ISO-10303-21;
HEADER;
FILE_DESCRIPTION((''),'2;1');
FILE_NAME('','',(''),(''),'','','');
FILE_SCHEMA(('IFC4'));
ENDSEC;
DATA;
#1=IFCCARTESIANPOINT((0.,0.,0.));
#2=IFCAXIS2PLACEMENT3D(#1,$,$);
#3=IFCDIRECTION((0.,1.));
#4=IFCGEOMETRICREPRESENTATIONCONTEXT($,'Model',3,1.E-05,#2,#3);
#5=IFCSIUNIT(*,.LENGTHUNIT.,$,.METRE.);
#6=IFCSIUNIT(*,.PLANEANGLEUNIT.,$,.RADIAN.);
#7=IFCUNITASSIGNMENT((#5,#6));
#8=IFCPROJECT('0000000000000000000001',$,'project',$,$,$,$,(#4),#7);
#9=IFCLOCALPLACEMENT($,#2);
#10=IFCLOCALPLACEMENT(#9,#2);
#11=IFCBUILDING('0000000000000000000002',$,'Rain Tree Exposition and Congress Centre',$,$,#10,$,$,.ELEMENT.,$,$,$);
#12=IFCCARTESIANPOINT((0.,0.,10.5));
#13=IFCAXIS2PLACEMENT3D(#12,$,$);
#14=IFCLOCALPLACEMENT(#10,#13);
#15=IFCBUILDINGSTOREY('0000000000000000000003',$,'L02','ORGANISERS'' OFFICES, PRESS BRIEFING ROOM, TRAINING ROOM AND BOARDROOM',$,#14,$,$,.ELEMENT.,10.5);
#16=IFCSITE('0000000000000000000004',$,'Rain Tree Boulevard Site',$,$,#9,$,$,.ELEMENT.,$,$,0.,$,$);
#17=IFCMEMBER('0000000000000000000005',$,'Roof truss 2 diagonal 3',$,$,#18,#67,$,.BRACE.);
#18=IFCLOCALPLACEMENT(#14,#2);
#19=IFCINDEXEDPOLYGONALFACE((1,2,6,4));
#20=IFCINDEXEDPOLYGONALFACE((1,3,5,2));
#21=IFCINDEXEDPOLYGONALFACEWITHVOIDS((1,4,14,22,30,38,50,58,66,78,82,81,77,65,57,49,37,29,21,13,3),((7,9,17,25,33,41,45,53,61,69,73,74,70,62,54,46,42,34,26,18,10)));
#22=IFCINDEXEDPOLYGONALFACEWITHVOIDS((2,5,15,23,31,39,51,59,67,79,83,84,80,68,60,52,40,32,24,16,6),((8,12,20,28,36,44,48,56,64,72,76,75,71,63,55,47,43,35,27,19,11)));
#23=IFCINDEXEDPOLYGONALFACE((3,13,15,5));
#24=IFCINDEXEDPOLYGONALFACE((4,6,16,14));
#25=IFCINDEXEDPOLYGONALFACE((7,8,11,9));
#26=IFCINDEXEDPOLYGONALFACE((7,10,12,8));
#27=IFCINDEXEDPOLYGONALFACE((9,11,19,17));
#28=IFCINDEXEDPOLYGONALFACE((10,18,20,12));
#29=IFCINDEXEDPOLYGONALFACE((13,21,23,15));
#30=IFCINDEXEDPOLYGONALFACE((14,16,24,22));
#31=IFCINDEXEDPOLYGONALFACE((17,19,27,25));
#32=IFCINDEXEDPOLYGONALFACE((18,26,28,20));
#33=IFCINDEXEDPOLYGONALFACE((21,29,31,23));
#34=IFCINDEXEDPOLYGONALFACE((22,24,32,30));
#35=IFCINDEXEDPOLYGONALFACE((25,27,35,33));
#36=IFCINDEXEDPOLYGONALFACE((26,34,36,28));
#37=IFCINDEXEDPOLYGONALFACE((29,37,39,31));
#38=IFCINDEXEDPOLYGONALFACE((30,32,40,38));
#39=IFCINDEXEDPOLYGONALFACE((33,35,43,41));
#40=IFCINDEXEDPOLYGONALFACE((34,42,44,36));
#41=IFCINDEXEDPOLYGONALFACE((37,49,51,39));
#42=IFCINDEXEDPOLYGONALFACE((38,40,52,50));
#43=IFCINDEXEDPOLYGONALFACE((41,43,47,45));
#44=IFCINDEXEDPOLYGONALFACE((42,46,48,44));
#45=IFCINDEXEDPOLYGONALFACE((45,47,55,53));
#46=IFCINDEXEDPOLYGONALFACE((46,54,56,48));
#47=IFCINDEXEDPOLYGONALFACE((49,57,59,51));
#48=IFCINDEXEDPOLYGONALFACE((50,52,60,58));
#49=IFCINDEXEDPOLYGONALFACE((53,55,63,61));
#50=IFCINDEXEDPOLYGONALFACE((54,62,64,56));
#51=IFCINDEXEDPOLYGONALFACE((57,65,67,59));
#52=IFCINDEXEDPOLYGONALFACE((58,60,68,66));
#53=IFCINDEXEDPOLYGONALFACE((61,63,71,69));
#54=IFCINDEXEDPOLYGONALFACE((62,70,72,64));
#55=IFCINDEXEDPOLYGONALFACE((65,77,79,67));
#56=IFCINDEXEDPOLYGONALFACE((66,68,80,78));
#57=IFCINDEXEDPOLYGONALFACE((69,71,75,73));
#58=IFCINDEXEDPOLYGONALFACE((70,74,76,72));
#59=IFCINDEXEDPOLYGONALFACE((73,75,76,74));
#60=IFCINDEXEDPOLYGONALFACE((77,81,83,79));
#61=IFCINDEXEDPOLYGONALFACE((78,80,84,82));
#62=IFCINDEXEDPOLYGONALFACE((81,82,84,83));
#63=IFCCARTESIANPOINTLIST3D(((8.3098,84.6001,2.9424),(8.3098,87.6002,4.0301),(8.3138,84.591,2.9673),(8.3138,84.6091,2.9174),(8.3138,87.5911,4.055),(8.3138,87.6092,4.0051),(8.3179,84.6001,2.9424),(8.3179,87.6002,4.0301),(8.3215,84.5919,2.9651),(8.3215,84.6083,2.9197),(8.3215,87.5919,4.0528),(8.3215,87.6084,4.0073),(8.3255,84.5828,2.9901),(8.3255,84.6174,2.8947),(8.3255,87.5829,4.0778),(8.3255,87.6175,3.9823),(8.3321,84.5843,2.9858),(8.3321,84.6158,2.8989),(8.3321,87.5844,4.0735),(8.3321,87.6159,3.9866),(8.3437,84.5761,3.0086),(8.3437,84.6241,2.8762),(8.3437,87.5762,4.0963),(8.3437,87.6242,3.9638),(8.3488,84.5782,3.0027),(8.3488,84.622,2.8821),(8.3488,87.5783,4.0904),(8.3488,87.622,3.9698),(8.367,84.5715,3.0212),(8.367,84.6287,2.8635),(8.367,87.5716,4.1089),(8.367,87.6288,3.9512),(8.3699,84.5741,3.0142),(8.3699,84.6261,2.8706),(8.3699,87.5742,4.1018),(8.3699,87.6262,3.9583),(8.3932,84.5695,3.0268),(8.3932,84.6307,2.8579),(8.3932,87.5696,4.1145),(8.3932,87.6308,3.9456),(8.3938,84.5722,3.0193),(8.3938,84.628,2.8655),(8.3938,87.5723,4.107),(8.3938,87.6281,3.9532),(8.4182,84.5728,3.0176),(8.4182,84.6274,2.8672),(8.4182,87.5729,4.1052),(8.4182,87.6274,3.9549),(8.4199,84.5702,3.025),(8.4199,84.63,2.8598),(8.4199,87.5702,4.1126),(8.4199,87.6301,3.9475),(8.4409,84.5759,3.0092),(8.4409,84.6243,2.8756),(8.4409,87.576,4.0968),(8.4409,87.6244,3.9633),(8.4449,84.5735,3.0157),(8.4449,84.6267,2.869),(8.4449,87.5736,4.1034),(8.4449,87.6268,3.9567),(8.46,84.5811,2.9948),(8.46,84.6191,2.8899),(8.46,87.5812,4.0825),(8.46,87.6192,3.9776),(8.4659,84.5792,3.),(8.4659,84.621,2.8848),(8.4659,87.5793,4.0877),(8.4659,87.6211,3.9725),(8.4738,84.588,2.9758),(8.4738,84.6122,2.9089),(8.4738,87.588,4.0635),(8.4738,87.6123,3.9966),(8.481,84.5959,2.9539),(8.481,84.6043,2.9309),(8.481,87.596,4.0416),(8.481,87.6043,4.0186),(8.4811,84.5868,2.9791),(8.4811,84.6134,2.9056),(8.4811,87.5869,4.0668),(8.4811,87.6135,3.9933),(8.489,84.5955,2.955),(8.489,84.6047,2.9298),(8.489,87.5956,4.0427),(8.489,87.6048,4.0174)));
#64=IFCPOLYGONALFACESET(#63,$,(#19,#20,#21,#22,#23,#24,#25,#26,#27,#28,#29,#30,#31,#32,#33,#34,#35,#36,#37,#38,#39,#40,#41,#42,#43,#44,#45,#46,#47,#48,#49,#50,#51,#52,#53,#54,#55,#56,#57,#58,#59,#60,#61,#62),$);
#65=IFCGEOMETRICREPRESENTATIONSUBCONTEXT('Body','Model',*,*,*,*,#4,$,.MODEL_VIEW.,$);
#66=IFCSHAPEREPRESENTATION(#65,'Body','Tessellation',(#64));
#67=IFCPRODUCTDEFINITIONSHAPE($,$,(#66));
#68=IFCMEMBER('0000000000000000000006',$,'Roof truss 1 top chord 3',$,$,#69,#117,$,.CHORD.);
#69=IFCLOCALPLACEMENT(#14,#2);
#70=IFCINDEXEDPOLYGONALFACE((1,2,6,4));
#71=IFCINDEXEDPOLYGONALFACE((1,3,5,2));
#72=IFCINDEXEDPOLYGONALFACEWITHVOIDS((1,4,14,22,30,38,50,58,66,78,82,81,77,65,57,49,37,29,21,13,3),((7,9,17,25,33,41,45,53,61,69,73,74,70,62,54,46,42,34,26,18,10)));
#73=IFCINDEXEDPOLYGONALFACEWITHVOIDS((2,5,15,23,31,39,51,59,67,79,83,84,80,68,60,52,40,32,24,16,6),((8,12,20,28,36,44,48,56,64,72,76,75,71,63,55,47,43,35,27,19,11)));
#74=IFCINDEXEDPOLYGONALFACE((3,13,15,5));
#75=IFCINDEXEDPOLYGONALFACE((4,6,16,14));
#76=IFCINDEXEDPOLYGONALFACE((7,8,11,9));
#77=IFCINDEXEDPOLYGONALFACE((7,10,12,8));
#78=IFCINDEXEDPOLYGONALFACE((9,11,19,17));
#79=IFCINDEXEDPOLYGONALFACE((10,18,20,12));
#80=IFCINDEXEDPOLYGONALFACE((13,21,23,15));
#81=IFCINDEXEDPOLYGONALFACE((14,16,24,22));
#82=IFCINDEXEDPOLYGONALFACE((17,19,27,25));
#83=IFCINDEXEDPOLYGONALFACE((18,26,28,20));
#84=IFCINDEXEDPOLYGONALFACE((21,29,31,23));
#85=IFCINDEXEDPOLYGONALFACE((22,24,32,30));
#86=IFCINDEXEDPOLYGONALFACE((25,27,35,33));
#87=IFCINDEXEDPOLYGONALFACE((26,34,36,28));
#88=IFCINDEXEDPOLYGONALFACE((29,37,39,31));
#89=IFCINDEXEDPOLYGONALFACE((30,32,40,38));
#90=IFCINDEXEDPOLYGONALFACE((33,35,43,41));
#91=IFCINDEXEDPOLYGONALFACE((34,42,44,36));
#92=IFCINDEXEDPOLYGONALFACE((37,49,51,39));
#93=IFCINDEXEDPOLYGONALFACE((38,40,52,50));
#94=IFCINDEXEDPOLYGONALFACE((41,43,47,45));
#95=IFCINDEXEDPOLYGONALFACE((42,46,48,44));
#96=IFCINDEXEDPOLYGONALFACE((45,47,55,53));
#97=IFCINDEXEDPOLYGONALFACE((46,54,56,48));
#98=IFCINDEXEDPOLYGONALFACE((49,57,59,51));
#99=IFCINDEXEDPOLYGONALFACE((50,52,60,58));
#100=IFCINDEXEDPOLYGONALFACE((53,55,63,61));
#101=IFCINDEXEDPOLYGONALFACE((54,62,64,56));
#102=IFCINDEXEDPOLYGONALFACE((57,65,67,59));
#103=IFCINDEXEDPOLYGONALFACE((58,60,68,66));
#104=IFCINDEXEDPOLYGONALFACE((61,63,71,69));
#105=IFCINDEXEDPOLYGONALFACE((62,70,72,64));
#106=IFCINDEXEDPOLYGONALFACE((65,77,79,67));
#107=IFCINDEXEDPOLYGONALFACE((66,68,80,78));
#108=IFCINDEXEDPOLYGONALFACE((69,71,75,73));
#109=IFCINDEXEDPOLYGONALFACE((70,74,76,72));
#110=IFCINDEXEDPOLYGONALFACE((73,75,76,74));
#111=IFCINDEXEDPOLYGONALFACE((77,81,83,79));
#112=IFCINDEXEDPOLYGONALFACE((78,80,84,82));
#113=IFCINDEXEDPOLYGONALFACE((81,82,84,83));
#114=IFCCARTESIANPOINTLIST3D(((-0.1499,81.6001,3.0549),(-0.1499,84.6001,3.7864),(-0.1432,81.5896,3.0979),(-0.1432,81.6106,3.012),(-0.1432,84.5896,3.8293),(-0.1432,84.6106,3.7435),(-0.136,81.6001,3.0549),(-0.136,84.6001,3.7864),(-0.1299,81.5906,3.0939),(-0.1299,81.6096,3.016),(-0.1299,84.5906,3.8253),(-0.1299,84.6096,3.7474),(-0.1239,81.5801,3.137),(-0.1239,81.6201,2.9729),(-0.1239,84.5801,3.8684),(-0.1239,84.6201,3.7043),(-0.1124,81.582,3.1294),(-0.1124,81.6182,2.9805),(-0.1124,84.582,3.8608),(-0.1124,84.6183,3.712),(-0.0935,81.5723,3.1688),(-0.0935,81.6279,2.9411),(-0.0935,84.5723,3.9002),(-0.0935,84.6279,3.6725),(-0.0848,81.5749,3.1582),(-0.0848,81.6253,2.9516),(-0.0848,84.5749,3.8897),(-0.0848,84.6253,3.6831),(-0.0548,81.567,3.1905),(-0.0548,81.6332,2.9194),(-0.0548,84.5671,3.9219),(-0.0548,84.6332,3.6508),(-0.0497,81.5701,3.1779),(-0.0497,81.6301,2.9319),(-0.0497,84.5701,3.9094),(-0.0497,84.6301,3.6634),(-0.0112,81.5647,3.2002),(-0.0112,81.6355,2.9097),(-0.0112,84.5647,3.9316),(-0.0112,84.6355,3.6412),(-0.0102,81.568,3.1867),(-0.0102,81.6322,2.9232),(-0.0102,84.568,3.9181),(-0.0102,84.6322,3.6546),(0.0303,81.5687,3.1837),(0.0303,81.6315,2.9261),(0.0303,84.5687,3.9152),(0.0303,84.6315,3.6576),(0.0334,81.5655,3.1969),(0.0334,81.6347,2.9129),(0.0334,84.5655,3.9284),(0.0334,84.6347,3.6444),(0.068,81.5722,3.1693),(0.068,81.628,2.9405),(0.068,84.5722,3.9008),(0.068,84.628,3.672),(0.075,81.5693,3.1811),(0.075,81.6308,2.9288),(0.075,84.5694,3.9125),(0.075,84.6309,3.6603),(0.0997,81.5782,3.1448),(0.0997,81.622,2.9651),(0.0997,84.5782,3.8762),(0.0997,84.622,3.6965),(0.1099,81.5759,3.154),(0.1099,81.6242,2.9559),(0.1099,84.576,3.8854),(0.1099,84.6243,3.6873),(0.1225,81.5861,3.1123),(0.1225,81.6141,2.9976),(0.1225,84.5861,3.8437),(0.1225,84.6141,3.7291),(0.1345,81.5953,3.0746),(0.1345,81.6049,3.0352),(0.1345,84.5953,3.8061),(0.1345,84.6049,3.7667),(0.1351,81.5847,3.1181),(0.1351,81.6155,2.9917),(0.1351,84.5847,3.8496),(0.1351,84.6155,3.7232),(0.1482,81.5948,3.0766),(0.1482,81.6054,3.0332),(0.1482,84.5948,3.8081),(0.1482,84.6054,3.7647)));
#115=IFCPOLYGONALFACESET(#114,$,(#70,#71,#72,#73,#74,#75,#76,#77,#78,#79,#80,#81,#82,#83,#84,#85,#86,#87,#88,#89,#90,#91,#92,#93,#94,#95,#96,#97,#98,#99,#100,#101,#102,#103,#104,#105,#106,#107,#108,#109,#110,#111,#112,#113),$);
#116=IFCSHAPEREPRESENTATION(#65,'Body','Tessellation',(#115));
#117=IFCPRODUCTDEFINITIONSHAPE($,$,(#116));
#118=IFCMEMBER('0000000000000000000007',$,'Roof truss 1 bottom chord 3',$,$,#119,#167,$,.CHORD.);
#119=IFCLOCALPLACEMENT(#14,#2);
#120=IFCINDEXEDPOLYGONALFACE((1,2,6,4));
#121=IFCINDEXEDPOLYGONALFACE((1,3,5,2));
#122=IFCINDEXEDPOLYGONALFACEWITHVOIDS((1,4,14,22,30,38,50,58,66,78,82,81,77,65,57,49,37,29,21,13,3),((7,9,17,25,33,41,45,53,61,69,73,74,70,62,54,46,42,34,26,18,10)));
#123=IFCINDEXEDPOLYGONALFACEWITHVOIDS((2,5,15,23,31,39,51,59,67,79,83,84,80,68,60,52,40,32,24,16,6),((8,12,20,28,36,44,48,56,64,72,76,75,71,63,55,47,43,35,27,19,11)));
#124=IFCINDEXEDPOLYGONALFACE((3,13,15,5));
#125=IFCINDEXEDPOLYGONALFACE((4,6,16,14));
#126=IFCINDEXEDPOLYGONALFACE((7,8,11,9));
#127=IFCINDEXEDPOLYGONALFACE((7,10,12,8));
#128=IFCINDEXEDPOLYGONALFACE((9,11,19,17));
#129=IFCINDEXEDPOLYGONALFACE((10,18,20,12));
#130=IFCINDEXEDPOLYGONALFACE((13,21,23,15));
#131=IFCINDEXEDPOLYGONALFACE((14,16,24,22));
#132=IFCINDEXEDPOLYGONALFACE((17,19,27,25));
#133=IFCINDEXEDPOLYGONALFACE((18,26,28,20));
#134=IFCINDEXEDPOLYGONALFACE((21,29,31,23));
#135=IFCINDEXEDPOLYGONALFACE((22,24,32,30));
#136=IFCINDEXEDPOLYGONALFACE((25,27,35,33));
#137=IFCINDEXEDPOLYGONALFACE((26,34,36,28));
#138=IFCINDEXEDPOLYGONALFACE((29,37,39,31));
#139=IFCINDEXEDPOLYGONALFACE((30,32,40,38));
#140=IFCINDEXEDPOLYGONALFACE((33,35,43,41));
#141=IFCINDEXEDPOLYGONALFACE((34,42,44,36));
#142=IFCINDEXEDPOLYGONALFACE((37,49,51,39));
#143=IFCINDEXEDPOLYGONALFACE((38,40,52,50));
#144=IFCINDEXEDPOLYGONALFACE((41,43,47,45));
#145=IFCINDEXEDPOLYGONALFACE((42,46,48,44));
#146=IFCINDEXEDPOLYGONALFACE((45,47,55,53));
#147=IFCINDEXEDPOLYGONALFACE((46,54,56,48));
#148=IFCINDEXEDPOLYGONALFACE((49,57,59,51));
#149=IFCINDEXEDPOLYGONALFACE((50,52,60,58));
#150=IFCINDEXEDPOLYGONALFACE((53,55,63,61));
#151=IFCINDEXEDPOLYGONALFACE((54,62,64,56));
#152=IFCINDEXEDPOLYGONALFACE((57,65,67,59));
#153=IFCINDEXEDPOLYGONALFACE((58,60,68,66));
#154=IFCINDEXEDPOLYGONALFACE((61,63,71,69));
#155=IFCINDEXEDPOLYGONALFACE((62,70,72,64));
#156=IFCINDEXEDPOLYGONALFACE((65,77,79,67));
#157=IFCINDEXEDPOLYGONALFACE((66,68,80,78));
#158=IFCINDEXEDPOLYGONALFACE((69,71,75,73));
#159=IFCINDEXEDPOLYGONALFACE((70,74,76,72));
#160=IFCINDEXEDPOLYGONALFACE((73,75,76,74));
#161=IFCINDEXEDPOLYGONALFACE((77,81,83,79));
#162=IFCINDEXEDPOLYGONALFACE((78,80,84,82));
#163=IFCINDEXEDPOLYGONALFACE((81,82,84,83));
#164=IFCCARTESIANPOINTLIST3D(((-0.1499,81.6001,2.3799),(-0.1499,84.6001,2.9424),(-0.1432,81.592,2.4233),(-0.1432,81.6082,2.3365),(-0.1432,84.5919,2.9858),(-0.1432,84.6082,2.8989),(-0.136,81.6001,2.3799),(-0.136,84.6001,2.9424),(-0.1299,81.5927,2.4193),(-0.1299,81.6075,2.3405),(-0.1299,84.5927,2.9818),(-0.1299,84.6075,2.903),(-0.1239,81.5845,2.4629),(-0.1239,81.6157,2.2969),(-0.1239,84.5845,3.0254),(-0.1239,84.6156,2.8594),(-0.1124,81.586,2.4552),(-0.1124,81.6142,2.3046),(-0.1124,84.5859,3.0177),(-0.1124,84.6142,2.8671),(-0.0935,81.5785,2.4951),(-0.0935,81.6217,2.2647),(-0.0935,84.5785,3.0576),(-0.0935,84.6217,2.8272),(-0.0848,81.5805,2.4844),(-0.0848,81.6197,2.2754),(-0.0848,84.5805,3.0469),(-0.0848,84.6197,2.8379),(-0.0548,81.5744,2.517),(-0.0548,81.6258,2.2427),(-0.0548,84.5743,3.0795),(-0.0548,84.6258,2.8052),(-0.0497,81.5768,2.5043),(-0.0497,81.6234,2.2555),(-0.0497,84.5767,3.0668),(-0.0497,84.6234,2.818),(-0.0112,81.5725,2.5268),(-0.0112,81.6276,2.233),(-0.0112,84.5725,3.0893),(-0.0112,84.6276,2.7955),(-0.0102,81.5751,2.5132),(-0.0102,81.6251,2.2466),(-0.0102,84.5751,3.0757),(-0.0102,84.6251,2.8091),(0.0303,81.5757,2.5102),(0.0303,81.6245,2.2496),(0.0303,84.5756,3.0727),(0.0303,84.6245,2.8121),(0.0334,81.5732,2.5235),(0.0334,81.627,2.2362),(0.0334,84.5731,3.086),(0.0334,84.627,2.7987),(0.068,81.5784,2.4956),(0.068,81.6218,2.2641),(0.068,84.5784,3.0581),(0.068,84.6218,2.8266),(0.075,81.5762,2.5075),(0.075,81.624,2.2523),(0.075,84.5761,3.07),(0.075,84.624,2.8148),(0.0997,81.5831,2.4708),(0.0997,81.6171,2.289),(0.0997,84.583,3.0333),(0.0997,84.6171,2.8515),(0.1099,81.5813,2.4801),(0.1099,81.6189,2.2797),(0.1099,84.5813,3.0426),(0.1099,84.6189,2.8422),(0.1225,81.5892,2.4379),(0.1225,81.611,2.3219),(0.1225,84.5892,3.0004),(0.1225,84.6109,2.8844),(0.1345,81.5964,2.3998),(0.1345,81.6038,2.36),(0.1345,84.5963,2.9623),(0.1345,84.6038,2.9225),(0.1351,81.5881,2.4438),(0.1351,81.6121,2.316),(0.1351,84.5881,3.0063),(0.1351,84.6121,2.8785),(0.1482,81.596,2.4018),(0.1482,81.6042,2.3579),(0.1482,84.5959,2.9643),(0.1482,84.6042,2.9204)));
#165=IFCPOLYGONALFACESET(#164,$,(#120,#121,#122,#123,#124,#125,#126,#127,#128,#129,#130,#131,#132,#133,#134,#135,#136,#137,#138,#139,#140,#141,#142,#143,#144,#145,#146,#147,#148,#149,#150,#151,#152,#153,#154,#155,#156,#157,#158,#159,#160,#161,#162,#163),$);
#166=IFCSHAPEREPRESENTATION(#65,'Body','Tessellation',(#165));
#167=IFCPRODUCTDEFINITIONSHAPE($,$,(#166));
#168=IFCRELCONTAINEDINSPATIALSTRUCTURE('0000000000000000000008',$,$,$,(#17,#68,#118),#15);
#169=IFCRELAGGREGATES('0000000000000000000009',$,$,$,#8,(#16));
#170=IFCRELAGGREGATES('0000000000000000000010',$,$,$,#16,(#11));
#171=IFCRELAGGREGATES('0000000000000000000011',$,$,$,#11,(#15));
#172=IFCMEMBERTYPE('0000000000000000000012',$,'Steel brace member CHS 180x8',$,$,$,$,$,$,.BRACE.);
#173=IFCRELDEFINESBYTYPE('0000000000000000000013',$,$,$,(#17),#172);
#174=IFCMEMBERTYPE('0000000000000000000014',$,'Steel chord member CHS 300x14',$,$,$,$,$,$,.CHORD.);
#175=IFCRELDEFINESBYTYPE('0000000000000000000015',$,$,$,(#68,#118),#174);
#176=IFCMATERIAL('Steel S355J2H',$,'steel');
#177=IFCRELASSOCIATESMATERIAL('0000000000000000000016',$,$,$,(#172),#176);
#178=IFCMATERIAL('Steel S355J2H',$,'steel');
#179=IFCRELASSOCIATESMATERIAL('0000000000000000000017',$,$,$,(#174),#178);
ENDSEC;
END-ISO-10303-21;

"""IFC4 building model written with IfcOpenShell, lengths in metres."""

from ifc_helpers import new_model, si_unit, direction, frame, origin, origin_2d, place, context, subcontext, project, spatial, hollow_circle, extrude, material, material_profile, profile_set, type_object, element, save


model = new_model("IFC4")

# Units and contexts
model_context = context("Model", 3, precision=1e-05, world=origin(), true_north=direction((0.0, 1.0)))
body_context = subcontext(model_context, "Body", "Model", "MODEL_VIEW")
ifc_project = project(units=[si_unit("LENGTHUNIT", "METRE"), si_unit("PLANEANGLEUNIT", "RADIAN")], contexts=[model_context])

# Site, building, storey
site_placement = place(None, origin())
site = spatial("IfcSite", under=ifc_project, at=site_placement, Name="Rain Tree Boulevard Site", CompositionType="ELEMENT", RefElevation=0.0)
building_placement = place(site_placement, origin())
building = spatial("IfcBuilding", under=site, at=building_placement, Name="Rain Tree Exposition and Congress Centre", CompositionType="ELEMENT")
storey_placement = place(building_placement, frame((0.0, 0.0, 10.5)))
storey = spatial("IfcBuildingStorey", under=building, at=storey_placement, Name="L02", Description="ORGANISERS' OFFICES, PRESS BRIEFING ROOM, TRAINING ROOM AND BOARDROOM", CompositionType="ELEMENT", Elevation=10.5)

# Members
ifc_material_1 = material(Name="Steel S355J2H", Category="steel")
ifc_material_profile_1 = material_profile(ifc_material_1, hollow_circle(Radius=0.0901, WallThickness=0.0081, at=origin_2d()), Name="CHS 180x8")
ifc_profile_set_1 = profile_set([ifc_material_profile_1], Name="Steel S355J2H")
member_type_1 = type_object("IfcMemberType", Name="Steel brace member CHS 180x8", PredefinedType="BRACE", material=ifc_profile_set_1)
member_1_placement = place(storey_placement, frame((8.3999, 84.6001, 2.9424), z_axis=(0.0, 0.940121, 0.34084), x_axis=(-1.0, 0.0, 0.0)))
element("IfcMember", 1, at=member_1_placement, inside=storey, type_object=member_type_1, Name="Roof truss 2 diagonal 3", PredefinedType="BRACE", context=body_context, shape_type="SweptSolid", body=[
    extrude(hollow_circle(Radius=0.0901, WallThickness=0.0081, at=origin_2d()), origin(), (0.0, 0.0, 1.0), 3.1912),
])
ifc_material_2 = material(Name="Steel S355J2H", Category="steel")
ifc_material_profile_2 = material_profile(ifc_material_2, hollow_circle(Radius=0.1499, WallThickness=0.0139, at=origin_2d()), Name="CHS 300x14")
ifc_profile_set_2 = profile_set([ifc_material_profile_2], Name="Steel S355J2H")
member_type_2 = type_object("IfcMemberType", Name="Steel chord member CHS 300x14", PredefinedType="CHORD", material=ifc_profile_set_2)
member_2_placement = place(storey_placement, frame((0.0, 81.6001, 3.0549), z_axis=(0.0, 0.97154, 0.236876), x_axis=(-1.0, 0.0, 0.0)))
element("IfcMember", 2, at=member_2_placement, inside=storey, type_object=member_type_2, Name="Roof truss 1 top chord 3", PredefinedType="CHORD", context=body_context, shape_type="SweptSolid", body=[
    extrude(hollow_circle(Radius=0.1499, WallThickness=0.0139, at=origin_2d()), origin(), (0.0, 0.0, 1.0), 3.0879),
])
member_3_placement = place(storey_placement, frame((0.0, 81.6001, 2.3799), z_axis=(0.0, 0.982872, 0.184289), x_axis=(-1.0, 0.0, 0.0)))
element("IfcMember", 3, at=member_3_placement, inside=storey, type_object=member_type_2, Name="Roof truss 1 bottom chord 3", PredefinedType="CHORD", context=body_context, shape_type="SweptSolid", body=[
    extrude(hollow_circle(Radius=0.1499, WallThickness=0.0139, at=origin_2d()), origin(), (0.0, 0.0, 1.0), 3.0522),
])

save(model, "model.ifc")
